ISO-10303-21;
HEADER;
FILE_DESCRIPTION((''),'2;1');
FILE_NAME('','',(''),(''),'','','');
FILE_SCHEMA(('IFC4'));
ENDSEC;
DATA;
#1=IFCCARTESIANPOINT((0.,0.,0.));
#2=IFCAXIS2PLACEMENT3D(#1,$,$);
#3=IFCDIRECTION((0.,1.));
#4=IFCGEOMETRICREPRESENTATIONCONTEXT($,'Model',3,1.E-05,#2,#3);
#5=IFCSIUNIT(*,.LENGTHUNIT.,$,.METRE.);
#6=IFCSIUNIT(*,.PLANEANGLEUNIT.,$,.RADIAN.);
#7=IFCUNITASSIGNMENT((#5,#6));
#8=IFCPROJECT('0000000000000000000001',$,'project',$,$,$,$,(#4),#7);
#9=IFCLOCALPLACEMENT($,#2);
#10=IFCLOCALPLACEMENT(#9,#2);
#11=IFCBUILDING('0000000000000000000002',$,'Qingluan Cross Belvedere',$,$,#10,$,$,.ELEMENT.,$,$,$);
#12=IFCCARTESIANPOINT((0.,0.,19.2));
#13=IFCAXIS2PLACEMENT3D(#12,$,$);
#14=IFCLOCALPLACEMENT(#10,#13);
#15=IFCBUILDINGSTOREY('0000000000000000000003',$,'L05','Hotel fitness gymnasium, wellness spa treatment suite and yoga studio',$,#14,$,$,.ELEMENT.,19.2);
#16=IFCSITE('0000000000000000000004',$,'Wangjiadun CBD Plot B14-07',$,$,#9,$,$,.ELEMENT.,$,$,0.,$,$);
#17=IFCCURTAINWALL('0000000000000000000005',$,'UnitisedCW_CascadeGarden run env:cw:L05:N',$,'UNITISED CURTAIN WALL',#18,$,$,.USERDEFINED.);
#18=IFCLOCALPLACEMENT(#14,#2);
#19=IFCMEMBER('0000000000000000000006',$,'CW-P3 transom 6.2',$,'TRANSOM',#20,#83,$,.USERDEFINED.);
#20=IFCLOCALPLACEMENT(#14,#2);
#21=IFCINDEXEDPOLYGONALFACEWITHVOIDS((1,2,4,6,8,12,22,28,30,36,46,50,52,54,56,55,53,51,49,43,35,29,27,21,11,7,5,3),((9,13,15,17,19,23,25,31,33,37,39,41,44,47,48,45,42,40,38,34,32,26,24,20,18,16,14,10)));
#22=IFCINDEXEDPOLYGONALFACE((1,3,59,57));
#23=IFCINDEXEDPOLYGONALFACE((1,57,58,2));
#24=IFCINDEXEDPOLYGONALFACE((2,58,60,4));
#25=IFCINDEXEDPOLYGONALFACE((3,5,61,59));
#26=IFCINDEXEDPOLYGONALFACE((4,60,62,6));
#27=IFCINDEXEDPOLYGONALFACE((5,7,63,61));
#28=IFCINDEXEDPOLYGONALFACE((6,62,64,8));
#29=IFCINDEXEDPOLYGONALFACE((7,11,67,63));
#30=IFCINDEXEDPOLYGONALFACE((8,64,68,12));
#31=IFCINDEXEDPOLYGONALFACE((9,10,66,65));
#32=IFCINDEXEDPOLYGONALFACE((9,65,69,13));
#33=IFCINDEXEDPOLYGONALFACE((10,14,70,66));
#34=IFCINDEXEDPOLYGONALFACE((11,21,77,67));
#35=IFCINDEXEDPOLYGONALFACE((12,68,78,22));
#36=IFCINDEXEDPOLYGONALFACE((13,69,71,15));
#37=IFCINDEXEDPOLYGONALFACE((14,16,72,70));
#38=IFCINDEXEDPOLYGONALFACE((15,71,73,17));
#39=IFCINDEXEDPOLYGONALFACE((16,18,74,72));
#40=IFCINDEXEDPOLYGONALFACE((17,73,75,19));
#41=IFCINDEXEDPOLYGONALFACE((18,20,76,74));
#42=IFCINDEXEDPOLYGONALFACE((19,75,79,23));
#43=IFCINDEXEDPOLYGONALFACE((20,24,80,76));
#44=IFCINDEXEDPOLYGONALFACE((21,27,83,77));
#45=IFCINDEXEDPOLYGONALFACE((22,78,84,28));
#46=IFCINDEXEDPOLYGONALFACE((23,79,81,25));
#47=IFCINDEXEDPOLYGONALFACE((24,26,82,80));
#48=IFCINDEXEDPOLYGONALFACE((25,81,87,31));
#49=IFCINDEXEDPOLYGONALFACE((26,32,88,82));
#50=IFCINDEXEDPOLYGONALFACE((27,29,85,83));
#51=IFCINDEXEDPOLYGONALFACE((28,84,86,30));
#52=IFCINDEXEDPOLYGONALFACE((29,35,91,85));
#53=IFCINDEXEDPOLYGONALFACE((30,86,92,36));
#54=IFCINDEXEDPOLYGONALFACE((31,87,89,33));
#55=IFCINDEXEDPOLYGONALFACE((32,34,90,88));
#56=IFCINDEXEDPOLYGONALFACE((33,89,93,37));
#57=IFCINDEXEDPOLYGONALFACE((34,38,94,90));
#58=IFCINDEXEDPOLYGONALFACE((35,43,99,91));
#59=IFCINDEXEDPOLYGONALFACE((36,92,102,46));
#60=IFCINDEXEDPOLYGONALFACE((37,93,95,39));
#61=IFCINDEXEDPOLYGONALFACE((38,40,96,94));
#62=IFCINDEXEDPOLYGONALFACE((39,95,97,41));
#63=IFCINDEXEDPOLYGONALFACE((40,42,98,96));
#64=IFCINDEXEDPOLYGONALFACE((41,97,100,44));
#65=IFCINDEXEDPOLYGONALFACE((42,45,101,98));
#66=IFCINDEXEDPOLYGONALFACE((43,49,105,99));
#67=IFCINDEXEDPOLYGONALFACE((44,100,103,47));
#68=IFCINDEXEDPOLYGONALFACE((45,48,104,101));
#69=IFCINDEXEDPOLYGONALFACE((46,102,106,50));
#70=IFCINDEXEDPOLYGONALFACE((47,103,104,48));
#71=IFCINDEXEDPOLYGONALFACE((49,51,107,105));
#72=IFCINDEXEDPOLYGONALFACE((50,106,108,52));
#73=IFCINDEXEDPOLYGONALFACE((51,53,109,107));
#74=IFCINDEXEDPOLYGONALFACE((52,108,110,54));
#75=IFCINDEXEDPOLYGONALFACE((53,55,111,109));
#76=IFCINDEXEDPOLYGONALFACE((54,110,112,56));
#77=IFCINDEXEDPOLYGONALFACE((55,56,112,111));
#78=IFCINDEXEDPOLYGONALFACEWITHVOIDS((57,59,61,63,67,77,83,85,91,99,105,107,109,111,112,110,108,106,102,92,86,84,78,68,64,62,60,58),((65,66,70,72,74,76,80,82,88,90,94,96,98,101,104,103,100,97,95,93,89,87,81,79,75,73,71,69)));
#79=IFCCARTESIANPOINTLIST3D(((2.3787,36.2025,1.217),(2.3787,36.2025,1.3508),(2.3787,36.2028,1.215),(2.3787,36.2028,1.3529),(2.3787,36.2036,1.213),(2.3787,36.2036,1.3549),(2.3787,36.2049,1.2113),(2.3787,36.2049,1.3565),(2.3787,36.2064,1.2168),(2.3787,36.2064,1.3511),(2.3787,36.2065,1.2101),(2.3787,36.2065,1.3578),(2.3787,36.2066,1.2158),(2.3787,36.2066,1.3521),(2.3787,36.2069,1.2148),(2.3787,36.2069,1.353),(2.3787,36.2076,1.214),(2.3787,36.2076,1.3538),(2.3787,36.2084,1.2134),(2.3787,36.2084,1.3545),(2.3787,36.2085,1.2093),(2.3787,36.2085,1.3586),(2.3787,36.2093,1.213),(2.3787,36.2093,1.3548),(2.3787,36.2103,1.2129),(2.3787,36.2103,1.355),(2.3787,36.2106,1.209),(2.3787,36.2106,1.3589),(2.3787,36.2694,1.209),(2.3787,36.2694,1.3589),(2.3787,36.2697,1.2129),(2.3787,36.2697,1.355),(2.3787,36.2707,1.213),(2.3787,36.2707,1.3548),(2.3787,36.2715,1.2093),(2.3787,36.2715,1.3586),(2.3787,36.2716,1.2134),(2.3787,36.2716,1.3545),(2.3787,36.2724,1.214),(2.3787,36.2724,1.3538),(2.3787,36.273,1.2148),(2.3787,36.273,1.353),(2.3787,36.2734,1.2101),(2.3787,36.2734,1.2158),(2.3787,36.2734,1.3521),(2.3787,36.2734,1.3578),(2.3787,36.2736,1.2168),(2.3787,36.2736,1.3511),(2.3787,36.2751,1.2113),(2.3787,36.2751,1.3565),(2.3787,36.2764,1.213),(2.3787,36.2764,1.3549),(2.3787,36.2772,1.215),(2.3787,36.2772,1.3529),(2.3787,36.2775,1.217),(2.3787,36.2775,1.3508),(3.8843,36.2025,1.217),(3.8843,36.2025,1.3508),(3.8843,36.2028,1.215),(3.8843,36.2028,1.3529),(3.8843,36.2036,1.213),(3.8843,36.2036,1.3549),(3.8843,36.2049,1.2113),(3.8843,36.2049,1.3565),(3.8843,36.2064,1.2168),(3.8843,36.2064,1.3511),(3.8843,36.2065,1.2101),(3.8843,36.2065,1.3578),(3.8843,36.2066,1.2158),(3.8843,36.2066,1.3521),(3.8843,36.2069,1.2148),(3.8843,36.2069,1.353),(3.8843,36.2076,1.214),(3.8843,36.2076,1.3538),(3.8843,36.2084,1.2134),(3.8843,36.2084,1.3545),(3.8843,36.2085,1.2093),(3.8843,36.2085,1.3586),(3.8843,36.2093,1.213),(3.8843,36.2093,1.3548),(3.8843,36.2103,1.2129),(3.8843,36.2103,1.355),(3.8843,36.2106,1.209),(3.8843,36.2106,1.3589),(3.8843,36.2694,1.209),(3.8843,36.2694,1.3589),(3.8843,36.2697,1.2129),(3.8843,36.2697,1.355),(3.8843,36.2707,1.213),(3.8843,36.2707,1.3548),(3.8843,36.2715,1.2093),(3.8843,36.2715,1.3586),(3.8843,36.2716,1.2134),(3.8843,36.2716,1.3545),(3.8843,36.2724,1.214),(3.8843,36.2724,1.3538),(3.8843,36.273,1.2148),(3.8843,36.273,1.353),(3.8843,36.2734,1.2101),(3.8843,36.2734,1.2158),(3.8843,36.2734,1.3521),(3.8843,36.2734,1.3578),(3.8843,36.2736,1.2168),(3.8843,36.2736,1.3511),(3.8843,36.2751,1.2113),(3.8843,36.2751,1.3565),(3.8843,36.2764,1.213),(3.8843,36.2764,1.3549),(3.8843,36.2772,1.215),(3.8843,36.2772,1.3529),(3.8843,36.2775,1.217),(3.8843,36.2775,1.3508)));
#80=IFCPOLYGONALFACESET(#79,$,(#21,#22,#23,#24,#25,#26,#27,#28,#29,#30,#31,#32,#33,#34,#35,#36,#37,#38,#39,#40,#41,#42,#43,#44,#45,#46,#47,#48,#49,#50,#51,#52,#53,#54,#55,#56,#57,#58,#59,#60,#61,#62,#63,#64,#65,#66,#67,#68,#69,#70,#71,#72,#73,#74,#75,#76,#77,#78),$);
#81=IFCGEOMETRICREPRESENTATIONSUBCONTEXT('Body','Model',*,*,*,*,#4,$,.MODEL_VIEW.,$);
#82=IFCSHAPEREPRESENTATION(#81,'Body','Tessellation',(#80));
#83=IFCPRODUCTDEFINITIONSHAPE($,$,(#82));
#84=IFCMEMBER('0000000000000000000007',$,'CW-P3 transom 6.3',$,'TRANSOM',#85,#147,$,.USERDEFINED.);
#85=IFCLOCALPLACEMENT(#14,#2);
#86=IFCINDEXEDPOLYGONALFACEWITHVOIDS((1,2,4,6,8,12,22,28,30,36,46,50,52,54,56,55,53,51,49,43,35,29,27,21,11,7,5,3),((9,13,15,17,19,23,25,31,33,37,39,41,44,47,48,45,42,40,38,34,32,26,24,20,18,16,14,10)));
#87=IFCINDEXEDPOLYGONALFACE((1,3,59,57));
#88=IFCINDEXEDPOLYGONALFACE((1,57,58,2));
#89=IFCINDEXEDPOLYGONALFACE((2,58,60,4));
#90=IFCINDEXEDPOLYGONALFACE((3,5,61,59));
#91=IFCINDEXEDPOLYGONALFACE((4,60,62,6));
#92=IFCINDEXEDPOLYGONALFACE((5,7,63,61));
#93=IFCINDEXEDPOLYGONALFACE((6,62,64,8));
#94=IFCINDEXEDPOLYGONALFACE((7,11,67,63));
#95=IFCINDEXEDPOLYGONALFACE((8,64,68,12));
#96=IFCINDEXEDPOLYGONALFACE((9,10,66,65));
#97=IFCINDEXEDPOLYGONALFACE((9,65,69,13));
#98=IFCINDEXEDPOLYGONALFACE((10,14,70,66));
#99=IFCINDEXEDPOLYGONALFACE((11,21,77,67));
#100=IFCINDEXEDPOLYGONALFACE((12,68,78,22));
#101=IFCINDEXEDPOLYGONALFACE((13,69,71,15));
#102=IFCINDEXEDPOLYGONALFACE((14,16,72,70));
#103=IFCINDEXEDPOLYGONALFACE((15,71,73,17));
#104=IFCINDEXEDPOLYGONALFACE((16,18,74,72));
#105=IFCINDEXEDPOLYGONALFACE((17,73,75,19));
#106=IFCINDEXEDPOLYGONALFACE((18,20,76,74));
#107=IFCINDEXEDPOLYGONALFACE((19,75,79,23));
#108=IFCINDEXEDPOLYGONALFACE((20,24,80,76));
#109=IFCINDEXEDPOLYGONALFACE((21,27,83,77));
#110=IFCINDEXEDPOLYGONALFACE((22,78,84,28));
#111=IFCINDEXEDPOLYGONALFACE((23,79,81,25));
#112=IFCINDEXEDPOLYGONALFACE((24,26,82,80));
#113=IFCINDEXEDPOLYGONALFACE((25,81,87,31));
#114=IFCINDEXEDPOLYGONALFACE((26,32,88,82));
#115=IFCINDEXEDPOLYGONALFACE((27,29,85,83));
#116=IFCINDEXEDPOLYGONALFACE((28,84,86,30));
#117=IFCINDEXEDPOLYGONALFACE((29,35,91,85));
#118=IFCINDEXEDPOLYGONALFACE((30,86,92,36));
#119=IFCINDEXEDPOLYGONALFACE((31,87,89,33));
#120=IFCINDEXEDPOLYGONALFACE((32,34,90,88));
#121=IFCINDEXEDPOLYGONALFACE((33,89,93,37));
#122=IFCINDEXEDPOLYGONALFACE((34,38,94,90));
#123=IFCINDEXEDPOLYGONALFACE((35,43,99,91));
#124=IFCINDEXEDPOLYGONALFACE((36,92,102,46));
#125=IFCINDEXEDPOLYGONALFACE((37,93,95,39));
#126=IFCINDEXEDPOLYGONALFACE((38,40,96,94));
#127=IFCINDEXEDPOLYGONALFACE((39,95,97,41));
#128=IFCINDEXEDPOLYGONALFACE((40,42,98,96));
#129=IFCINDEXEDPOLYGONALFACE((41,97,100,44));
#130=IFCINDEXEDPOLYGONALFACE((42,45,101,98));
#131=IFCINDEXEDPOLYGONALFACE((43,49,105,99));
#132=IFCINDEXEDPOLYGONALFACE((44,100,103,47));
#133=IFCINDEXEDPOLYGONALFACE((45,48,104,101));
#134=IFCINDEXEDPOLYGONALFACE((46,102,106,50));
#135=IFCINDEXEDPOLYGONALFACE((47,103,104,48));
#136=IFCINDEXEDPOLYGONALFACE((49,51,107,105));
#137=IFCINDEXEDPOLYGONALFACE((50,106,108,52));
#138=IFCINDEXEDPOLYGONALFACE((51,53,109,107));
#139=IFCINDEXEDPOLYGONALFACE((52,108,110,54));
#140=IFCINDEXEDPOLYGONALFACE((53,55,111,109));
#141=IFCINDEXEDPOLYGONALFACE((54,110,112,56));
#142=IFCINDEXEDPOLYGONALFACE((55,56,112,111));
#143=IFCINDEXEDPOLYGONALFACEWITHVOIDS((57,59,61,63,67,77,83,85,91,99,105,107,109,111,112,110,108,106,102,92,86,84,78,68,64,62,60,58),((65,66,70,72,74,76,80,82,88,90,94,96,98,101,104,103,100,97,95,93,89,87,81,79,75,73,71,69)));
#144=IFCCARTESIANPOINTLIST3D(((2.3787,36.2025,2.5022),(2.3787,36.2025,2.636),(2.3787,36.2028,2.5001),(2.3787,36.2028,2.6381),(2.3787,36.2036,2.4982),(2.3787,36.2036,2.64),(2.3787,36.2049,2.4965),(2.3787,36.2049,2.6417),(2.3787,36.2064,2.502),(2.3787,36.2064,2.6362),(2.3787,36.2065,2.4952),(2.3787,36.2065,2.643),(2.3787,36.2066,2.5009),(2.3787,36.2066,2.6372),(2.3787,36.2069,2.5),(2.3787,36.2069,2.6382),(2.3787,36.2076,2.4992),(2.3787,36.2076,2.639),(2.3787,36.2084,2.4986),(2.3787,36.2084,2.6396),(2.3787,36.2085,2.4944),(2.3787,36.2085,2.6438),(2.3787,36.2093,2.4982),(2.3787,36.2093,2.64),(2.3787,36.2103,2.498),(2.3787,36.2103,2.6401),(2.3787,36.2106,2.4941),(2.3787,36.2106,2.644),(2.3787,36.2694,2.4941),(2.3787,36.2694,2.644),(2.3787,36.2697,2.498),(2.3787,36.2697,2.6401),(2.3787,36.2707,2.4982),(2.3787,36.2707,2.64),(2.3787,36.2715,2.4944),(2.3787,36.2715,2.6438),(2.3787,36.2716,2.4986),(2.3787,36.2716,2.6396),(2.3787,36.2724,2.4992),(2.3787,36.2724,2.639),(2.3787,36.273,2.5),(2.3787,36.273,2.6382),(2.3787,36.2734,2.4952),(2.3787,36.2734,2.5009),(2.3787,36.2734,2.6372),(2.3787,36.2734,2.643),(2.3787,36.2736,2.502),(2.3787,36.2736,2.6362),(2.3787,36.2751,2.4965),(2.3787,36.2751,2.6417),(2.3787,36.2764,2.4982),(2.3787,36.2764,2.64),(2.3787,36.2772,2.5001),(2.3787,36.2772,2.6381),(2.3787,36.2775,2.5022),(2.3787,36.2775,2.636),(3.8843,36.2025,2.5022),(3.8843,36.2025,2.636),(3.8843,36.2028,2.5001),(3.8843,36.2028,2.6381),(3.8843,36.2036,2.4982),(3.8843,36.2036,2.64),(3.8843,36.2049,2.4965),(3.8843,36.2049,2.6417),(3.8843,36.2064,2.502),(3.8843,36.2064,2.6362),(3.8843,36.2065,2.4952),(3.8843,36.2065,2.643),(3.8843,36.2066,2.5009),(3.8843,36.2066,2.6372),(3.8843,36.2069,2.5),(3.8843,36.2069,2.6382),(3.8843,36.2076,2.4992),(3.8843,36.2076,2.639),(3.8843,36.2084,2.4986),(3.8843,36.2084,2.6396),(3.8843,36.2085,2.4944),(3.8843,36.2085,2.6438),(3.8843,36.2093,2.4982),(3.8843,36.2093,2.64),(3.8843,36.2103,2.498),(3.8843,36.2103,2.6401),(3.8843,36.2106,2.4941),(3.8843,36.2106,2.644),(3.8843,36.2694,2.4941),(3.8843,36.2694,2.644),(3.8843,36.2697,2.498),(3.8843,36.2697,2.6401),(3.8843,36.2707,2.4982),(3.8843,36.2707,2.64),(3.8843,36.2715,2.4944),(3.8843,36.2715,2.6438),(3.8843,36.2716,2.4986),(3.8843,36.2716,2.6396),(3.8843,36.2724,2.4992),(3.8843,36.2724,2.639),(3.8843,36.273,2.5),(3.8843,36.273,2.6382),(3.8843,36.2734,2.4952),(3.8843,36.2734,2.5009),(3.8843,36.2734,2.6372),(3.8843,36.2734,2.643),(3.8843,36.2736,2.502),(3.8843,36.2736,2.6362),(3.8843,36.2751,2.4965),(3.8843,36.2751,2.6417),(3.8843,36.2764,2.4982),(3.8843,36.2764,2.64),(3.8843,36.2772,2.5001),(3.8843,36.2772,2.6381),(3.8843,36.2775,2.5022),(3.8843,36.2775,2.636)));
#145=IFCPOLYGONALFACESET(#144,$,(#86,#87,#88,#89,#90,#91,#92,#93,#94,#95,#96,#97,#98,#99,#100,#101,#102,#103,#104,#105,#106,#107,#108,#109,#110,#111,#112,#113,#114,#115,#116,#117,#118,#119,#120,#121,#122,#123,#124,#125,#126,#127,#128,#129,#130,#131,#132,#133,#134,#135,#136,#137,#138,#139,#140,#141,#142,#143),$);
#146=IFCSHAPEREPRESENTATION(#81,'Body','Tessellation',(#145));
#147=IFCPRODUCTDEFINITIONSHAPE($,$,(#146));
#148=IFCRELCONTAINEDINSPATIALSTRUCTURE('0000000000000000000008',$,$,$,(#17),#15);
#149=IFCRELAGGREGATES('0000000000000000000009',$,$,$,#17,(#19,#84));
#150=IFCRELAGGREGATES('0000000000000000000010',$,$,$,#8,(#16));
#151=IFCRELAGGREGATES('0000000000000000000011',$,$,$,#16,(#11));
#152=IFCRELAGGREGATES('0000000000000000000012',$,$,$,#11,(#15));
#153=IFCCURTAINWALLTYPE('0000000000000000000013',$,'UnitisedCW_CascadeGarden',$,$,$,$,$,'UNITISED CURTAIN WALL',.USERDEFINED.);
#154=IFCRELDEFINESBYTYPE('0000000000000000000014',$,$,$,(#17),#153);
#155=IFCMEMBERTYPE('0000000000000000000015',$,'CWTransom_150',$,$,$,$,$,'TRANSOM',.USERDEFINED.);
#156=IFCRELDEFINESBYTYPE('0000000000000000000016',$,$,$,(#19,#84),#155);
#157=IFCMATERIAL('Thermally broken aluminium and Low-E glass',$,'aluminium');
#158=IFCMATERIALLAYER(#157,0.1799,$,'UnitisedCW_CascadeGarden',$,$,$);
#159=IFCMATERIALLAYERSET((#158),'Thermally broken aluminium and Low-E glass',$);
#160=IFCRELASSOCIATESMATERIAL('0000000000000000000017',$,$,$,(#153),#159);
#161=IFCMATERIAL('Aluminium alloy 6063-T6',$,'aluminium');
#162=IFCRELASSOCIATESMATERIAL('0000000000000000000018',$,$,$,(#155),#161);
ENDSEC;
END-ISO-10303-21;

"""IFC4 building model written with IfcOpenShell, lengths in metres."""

from ifc_helpers import new_model, si_unit, direction, frame, origin, origin_2d, place, context, subcontext, project, spatial, hollow_rectangle, extrude, material, layer, layer_set, material_profile, profile_set, type_object, element, aggregate, save


model = new_model("IFC4")

# Units and contexts
model_context = context("Model", 3, precision=1e-05, world=origin(), true_north=direction((0.0, 1.0)))
body_context = subcontext(model_context, "Body", "Model", "MODEL_VIEW")
ifc_project = project(units=[si_unit("LENGTHUNIT", "METRE"), si_unit("PLANEANGLEUNIT", "RADIAN")], contexts=[model_context])

# Site, building, storey
site_placement = place(None, origin())
site = spatial("IfcSite", under=ifc_project, at=site_placement, Name="Wangjiadun CBD Plot B14-07", CompositionType="ELEMENT", RefElevation=0.0)
building_placement = place(site_placement, origin())
building = spatial("IfcBuilding", under=site, at=building_placement, Name="Qingluan Cross Belvedere", CompositionType="ELEMENT")
storey_placement = place(building_placement, frame((0.0, 0.0, 19.2)))
storey = spatial("IfcBuildingStorey", under=building, at=storey_placement, Name="L05", Description="Hotel fitness gymnasium, wellness spa treatment suite and yoga studio", CompositionType="ELEMENT", Elevation=19.2)

# Curtain wall, members
ifc_material_1 = material(Name="Thermally broken aluminium and Low-E glass", Category="aluminium")
ifc_layer_1 = layer(ifc_material_1, 0.1799, Name="UnitisedCW_CascadeGarden")
ifc_layer_set_1 = layer_set([ifc_layer_1], Name="Thermally broken aluminium and Low-E glass")
curtain_wall_type = type_object("IfcCurtainWallType", Name="UnitisedCW_CascadeGarden", ElementType="UNITISED CURTAIN WALL", PredefinedType="USERDEFINED", material=ifc_layer_set_1)
curtain_wall_placement = place(storey_placement, origin())
curtain_wall = element("IfcCurtainWall", 1, at=curtain_wall_placement, inside=storey, type_object=curtain_wall_type, Name="UnitisedCW_CascadeGarden run env:cw:L05:N", ObjectType="UNITISED CURTAIN WALL", PredefinedType="USERDEFINED")
ifc_material_2 = material(Name="Aluminium alloy 6063-T6", Category="aluminium")
ifc_material_profile_1 = material_profile(ifc_material_2, hollow_rectangle(XDim=0.075, YDim=0.1499, WallThickness=0.0039, InnerFilletRadius=0.0039, OuterFilletRadius=0.0081, at=origin_2d()), Name="CWT150x75x4")
ifc_profile_set_1 = profile_set([ifc_material_profile_1], Name="Aluminium alloy 6063-T6")
member_type_1 = type_object("IfcMemberType", Name="CWTransom_150", ElementType="TRANSOM", PredefinedType="USERDEFINED", material=ifc_profile_set_1)
member_1_placement = place(storey_placement, frame((2.3787, 36.24, 1.2839), z_axis=(1.0, 0.0, 0.0), x_axis=(0.0, 1.0, 0.0)))
member_1 = element("IfcMember", 2, at=member_1_placement, type_object=member_type_1, Name="CW-P3 transom 6.2", ObjectType="TRANSOM", PredefinedType="USERDEFINED", context=body_context, shape_type="SweptSolid", body=[
    extrude(hollow_rectangle(XDim=0.075, YDim=0.1499, WallThickness=0.0039, InnerFilletRadius=0.0039, OuterFilletRadius=0.0081, at=origin_2d()), origin(), (0.0, 0.0, 1.0), 1.5056),
])
member_2_placement = place(storey_placement, frame((2.3787, 36.24, 2.5691), z_axis=(1.0, 0.0, 0.0), x_axis=(0.0, 1.0, 0.0)))
member_2 = element("IfcMember", 3, at=member_2_placement, type_object=member_type_1, Name="CW-P3 transom 6.3", ObjectType="TRANSOM", PredefinedType="USERDEFINED", context=body_context, shape_type="SweptSolid", body=[
    extrude(hollow_rectangle(XDim=0.075, YDim=0.1499, WallThickness=0.0039, InnerFilletRadius=0.0039, OuterFilletRadius=0.0081, at=origin_2d()), origin(), (0.0, 0.0, 1.0), 1.5056),
])

aggregate(curtain_wall, [member_1, member_2])

save(model, "model.ifc")
